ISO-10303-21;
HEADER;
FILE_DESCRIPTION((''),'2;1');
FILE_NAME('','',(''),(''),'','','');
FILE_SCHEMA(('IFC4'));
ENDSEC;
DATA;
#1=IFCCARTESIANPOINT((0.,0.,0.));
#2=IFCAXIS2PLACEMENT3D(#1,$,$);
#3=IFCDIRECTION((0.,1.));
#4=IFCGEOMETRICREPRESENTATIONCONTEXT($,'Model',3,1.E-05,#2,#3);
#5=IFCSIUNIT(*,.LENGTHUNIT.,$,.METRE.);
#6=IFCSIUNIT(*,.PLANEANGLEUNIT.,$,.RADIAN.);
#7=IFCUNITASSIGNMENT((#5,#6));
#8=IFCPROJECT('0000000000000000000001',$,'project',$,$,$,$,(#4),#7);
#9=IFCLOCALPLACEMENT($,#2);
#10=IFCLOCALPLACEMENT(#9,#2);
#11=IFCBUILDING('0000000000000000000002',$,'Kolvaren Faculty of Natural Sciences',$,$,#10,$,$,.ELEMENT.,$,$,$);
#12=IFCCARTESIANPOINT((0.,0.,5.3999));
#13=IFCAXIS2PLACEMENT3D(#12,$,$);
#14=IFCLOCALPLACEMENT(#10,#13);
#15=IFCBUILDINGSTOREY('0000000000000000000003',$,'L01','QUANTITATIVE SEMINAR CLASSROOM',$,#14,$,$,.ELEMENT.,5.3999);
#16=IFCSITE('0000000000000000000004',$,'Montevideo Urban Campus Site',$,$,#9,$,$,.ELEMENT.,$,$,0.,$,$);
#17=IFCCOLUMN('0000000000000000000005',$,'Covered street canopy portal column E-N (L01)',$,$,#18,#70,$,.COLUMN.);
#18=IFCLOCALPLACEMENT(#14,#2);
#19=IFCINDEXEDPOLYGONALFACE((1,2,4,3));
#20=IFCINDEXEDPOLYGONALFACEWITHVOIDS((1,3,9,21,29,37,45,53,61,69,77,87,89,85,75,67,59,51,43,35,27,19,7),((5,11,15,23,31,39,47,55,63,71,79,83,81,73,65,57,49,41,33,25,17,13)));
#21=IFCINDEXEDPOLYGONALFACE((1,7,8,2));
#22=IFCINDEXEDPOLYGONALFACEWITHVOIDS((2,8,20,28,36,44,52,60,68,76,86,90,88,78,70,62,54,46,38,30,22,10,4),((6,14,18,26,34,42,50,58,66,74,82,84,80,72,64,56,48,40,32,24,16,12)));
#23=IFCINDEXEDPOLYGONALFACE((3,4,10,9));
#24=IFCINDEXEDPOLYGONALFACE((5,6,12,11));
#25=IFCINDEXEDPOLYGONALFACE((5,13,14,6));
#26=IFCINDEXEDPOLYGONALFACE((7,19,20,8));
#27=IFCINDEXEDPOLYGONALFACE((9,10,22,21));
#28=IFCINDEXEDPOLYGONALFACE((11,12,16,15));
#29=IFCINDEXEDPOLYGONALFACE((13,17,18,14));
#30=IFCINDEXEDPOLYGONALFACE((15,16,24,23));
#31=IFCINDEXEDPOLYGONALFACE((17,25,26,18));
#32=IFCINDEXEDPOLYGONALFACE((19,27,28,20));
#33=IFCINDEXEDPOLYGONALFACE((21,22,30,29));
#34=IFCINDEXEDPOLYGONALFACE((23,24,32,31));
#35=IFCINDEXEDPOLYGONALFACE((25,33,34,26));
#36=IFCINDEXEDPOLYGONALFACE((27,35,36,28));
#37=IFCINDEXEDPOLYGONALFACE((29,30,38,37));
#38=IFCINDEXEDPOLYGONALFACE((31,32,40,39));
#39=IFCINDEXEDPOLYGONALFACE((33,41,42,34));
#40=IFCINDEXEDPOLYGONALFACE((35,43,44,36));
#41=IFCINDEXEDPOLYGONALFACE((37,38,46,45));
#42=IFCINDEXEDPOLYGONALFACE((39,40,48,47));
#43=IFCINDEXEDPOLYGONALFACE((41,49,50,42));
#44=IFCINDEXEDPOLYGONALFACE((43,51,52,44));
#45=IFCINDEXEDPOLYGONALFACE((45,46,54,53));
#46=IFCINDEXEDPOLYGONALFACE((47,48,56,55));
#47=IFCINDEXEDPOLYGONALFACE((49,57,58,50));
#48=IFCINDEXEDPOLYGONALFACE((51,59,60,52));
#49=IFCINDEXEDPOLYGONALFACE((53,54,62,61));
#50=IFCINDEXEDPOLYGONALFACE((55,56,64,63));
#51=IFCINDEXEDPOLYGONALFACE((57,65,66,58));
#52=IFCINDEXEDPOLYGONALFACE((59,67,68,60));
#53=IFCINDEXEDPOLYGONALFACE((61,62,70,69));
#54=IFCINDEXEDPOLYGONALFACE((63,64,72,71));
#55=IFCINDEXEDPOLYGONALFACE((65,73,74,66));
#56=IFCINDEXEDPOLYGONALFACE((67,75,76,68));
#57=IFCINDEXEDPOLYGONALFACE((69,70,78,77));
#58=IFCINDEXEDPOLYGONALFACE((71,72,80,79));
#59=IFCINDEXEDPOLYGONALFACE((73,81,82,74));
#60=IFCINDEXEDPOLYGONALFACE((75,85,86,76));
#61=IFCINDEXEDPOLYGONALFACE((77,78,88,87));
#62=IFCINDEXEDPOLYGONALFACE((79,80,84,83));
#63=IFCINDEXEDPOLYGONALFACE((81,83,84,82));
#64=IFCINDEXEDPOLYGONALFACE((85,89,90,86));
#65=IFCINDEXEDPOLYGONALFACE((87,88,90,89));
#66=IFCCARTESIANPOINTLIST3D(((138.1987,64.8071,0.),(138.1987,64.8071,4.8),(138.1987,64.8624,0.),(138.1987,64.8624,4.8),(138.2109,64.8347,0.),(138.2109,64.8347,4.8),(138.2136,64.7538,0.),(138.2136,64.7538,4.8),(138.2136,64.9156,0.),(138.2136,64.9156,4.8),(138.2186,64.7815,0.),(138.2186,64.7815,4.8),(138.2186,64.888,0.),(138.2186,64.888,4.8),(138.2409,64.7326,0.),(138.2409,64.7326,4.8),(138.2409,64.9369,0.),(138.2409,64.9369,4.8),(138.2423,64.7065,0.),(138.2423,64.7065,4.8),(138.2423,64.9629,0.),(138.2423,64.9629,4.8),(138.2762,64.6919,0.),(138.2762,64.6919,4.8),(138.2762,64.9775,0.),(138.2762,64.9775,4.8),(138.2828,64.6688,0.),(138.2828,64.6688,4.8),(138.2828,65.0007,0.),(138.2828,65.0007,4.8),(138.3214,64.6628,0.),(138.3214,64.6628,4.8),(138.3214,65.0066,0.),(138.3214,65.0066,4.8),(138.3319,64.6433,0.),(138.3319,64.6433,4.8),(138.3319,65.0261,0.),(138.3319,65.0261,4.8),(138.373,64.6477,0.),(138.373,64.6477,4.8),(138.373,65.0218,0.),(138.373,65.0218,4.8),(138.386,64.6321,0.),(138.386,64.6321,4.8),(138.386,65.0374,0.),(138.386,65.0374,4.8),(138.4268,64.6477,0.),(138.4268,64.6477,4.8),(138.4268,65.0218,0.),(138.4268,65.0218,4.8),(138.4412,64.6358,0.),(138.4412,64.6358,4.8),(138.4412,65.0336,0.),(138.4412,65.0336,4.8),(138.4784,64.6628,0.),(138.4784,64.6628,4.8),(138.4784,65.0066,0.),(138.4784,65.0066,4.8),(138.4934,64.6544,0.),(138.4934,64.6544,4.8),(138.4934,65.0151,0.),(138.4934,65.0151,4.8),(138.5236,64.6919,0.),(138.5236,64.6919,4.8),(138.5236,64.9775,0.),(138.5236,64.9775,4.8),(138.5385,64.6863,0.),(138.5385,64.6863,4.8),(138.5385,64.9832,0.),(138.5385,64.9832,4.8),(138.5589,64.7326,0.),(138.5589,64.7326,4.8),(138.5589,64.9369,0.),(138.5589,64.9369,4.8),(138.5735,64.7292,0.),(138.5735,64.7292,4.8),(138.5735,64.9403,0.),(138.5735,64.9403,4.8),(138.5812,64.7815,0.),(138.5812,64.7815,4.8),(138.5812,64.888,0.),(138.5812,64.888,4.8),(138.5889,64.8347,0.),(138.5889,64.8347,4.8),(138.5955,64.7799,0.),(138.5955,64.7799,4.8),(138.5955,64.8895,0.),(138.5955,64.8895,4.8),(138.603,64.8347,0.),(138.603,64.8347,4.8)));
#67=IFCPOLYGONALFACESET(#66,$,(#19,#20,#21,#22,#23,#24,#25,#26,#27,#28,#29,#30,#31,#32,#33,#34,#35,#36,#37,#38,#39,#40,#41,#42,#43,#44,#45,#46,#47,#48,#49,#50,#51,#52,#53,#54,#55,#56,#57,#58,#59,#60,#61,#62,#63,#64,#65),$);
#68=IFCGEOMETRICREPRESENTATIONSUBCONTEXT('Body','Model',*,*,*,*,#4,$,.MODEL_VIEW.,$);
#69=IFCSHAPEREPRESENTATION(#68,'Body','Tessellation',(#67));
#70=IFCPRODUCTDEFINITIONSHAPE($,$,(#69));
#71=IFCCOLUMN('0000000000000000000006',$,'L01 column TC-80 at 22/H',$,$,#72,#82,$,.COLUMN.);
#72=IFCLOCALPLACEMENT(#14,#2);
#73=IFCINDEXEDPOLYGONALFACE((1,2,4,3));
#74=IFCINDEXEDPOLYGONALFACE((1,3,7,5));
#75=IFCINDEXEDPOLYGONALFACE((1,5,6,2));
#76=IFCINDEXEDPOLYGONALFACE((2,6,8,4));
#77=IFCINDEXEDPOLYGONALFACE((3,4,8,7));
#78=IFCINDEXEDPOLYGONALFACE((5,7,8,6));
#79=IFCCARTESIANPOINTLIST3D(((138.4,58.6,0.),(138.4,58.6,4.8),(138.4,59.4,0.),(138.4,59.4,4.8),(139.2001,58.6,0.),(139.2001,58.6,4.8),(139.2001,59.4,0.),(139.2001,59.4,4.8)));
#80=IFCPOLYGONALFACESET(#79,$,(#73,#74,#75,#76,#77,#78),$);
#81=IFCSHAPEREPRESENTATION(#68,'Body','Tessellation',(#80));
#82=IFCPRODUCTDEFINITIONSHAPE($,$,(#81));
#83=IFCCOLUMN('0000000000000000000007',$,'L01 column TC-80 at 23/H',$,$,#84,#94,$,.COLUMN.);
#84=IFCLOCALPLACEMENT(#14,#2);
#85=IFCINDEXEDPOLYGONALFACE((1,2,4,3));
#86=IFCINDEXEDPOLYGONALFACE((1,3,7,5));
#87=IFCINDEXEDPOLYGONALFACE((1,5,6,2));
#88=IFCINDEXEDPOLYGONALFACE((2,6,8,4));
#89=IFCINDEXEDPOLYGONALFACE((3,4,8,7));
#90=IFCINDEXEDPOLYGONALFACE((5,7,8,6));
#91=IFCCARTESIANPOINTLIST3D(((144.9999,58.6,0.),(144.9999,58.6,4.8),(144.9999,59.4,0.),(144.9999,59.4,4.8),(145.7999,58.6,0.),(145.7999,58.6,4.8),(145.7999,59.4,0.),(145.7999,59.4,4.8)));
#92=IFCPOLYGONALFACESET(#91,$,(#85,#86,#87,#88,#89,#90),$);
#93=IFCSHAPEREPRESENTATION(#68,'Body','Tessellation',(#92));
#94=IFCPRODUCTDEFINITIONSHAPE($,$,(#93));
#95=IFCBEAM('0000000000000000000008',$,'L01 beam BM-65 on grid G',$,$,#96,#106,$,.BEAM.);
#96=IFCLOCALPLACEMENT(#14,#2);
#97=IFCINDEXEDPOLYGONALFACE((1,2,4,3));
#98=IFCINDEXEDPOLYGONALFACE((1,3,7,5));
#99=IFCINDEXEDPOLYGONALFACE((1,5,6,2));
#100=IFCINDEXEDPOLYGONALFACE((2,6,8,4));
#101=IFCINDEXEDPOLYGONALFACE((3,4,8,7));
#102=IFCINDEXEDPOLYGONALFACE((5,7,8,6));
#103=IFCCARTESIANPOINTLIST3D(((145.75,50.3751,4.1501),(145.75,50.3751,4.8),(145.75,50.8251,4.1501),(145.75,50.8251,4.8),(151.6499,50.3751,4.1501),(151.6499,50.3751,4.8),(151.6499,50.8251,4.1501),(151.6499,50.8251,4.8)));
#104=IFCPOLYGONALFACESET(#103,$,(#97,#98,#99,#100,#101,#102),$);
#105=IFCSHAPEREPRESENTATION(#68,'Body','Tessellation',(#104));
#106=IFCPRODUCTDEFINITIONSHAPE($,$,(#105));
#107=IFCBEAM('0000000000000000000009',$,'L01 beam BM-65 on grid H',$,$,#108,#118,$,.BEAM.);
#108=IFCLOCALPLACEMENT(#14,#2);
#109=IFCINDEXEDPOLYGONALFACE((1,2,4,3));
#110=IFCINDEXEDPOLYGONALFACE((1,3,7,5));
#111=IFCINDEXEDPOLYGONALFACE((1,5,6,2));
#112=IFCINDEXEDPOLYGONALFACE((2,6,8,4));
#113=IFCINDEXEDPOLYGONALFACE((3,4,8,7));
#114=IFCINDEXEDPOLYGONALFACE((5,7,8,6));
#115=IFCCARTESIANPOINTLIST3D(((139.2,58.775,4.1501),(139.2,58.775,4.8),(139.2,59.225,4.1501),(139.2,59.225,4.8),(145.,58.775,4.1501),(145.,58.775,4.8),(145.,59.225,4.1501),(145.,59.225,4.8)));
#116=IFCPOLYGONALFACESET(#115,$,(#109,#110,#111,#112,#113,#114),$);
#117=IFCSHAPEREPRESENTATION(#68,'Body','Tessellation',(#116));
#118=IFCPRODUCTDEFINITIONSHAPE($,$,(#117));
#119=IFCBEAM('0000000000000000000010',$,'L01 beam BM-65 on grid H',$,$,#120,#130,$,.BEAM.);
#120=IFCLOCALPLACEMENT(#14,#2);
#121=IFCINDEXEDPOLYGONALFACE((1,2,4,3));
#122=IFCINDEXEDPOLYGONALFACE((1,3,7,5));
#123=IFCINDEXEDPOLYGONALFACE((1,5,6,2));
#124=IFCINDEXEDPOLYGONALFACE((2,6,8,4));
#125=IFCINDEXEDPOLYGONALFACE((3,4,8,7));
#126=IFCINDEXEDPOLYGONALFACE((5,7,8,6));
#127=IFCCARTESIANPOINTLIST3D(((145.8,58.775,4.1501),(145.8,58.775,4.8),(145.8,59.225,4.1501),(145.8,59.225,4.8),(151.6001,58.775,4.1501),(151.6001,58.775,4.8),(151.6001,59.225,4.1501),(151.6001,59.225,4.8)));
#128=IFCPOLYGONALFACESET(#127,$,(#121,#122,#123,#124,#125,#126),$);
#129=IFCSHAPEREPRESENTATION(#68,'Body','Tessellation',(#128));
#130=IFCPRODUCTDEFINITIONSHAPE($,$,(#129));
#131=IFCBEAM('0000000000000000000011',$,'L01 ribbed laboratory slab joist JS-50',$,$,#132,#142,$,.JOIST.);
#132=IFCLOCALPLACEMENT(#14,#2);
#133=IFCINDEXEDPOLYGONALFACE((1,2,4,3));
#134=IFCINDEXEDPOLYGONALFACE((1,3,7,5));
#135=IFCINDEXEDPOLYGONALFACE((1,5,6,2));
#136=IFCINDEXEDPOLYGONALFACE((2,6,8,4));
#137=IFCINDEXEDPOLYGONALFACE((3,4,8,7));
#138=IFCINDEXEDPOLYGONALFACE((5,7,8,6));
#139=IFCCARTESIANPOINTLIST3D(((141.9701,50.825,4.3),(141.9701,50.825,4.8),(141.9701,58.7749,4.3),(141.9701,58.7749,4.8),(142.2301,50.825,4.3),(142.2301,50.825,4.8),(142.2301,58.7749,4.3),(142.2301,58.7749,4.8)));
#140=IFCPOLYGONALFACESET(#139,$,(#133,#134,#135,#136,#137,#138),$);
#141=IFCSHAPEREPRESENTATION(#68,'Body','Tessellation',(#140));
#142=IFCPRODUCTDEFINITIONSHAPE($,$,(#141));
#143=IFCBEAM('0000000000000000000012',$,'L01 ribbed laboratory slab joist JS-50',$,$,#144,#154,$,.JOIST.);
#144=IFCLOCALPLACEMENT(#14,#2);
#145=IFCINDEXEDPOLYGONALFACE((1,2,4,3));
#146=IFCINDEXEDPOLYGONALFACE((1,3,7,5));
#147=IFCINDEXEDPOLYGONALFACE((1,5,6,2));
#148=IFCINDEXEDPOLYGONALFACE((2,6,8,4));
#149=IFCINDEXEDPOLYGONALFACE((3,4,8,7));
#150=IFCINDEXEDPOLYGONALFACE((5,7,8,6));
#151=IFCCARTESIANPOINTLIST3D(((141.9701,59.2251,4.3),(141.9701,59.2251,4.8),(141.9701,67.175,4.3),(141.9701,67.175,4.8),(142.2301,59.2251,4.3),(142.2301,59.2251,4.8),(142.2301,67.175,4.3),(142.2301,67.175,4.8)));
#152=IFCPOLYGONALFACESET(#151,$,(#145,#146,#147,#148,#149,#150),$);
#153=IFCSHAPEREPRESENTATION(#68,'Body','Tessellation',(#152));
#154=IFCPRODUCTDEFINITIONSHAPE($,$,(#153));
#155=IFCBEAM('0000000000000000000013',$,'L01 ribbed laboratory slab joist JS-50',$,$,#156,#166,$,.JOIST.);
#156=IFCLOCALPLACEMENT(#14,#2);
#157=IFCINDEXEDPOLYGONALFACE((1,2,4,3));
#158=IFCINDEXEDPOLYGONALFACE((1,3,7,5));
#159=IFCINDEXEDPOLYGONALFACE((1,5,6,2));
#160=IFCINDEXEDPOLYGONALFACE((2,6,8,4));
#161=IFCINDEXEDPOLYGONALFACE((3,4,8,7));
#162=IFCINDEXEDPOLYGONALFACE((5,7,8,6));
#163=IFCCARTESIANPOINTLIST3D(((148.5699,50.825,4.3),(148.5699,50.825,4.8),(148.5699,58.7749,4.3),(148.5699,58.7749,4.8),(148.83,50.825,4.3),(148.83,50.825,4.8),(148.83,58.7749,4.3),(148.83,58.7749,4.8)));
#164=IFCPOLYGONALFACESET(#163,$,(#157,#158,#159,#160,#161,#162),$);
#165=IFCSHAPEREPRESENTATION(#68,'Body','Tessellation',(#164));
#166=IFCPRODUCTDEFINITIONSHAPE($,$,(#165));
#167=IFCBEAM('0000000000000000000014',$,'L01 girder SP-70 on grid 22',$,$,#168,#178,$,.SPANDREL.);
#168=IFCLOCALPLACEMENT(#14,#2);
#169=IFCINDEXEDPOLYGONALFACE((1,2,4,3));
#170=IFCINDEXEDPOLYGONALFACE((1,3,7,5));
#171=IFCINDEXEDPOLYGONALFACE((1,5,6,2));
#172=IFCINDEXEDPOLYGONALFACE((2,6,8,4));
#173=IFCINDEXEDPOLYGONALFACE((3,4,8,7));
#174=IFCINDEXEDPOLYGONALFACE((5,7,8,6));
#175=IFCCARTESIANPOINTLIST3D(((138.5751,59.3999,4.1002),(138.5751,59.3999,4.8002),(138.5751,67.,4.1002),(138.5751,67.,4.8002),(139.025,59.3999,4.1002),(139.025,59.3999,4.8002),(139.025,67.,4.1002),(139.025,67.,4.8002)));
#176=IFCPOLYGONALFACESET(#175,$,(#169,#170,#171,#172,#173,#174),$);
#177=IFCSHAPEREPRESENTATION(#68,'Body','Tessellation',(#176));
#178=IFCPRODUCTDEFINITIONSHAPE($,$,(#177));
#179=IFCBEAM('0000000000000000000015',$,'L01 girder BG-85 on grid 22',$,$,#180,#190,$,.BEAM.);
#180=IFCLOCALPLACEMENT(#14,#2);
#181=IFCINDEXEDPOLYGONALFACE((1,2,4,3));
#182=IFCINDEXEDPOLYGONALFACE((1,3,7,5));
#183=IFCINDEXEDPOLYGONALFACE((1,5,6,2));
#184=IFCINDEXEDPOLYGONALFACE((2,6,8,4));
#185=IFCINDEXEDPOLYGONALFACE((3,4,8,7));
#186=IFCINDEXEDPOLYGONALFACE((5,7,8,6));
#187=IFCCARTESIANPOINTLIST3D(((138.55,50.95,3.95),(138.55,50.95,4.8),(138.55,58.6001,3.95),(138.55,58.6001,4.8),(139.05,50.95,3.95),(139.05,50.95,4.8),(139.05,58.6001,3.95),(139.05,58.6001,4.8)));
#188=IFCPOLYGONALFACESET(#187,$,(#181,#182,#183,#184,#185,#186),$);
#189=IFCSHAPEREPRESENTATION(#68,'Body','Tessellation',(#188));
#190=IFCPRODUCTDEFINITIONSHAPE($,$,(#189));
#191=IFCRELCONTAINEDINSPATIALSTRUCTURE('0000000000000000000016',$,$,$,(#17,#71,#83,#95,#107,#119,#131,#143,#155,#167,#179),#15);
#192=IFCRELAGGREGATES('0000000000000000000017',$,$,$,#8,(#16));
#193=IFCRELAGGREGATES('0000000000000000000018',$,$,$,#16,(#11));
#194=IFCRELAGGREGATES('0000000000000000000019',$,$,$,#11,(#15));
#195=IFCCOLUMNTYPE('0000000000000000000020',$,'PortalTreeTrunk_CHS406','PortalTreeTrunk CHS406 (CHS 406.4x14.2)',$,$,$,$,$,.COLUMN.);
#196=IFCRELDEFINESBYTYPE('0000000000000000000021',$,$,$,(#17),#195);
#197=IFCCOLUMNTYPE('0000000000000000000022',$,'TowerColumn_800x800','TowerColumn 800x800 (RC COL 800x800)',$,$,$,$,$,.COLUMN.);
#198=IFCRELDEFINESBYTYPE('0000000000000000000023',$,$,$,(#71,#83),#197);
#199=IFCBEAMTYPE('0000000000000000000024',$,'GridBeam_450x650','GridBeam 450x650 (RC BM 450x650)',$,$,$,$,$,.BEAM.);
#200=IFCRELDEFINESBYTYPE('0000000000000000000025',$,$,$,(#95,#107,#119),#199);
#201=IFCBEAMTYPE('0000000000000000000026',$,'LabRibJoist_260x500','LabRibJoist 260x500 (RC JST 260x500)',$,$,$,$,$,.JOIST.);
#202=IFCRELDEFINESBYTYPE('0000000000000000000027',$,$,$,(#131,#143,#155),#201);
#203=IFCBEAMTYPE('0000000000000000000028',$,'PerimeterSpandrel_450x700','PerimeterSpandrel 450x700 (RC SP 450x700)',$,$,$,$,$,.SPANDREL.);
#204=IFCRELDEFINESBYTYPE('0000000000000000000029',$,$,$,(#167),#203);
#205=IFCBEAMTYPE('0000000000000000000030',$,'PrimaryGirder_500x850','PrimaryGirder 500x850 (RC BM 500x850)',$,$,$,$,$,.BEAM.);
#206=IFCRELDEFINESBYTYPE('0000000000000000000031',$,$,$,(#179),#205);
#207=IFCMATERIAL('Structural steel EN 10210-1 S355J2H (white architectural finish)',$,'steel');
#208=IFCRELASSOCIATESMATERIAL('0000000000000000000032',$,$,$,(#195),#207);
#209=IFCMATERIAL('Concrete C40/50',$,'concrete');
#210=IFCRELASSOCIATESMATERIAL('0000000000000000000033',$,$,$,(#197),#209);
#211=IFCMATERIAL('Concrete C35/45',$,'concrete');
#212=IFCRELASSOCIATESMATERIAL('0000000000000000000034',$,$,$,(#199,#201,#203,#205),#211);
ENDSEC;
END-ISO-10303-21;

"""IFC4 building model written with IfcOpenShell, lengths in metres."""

from ifc_helpers import new_model, si_unit, direction, frame, origin, origin_2d, place, context, subcontext, project, spatial, rectangle, hollow_circle, extrude, material, material_profile, profile_set, type_object, element, save


model = new_model("IFC4")

# Units and contexts
model_context = context("Model", 3, precision=1e-05, world=origin(), true_north=direction((0.0, 1.0)))
body_context = subcontext(model_context, "Body", "Model", "MODEL_VIEW")
ifc_project = project(units=[si_unit("LENGTHUNIT", "METRE"), si_unit("PLANEANGLEUNIT", "RADIAN")], contexts=[model_context])

# Site, building, storey
site_placement = place(None, origin())
site = spatial("IfcSite", under=ifc_project, at=site_placement, Name="Montevideo Urban Campus Site", CompositionType="ELEMENT", RefElevation=0.0)
building_placement = place(site_placement, origin())
building = spatial("IfcBuilding", under=site, at=building_placement, Name="Kolvaren Faculty of Natural Sciences", CompositionType="ELEMENT")
storey_placement = place(building_placement, frame((0.0, 0.0, 5.3999)))
storey = spatial("IfcBuildingStorey", under=building, at=storey_placement, Name="L01", Description="QUANTITATIVE SEMINAR CLASSROOM", CompositionType="ELEMENT", Elevation=5.3999)

# Columns
ifc_material_1 = material(Name="Structural steel EN 10210-1 S355J2H (white architectural finish)", Category="steel")
ifc_material_profile_1 = material_profile(ifc_material_1, hollow_circle(Radius=0.2031, WallThickness=0.0142, at=origin_2d()), Name="CHS 406.4x14.2")
ifc_profile_set_1 = profile_set([ifc_material_profile_1], Name="Structural steel EN 10210-1 S355J2H (white architectural finish)")
column_type_1 = type_object("IfcColumnType", Name="PortalTreeTrunk_CHS406", Description="PortalTreeTrunk CHS406 (CHS 406.4x14.2)", PredefinedType="COLUMN", material=ifc_profile_set_1)
column_placement = place(storey_placement, frame((138.3999, 64.8347, 0.0), z_axis=(0.0, 0.0, 1.0), x_axis=(1.0, 0.0, 0.0)))
element("IfcColumn", 1, at=column_placement, inside=storey, type_object=column_type_1, Name="Covered street canopy portal column E-N (L01)", PredefinedType="COLUMN", context=body_context, shape_type="SweptSolid", body=[
    extrude(hollow_circle(Radius=0.2031, WallThickness=0.0142, at=origin_2d()), origin(), (0.0, 0.0, 1.0), 4.8),
])
ifc_material_2 = material(Name="Concrete C40/50", Category="concrete")
ifc_material_profile_2 = material_profile(ifc_material_2, rectangle(XDim=0.8, YDim=0.8, at=origin_2d()), Name="RC COL 800x800")
ifc_profile_set_2 = profile_set([ifc_material_profile_2], Name="Concrete C40/50")
column_type_2 = type_object("IfcColumnType", Name="TowerColumn_800x800", Description="TowerColumn 800x800 (RC COL 800x800)", PredefinedType="COLUMN", material=ifc_profile_set_2)
for number, where, z_axis, x_axis, name in (
    (2, (138.8, 59.0, 0.0), (0.0, 0.0, 1.0), (1.0, 0.0, 0.0), "L01 column TC-80 at 22/H"),
    (3, (145.3999, 59.0, 0.0), (0.0, 0.0, 1.0), (1.0, 0.0, 0.0), "L01 column TC-80 at 23/H"),
):
    element("IfcColumn", number, at=place(storey_placement, frame(where, z_axis=z_axis, x_axis=x_axis)), inside=storey, type_object=column_type_2, Name=name, PredefinedType="COLUMN", context=body_context, shape_type="SweptSolid", body=[
        extrude(rectangle(XDim=0.8, YDim=0.8, at=origin_2d()), origin(), (0.0, 0.0, 1.0), 4.8),
    ])

# Beams
ifc_material_3 = material(Name="Concrete C35/45", Category="concrete")
ifc_material_profile_3 = material_profile(ifc_material_3, rectangle(XDim=0.45, YDim=0.6499, at=origin_2d()), Name="RC BM 450x650")
ifc_profile_set_3 = profile_set([ifc_material_profile_3], Name="Concrete C35/45")
beam_type_1 = type_object("IfcBeamType", Name="GridBeam_450x650", Description="GridBeam 450x650 (RC BM 450x650)", PredefinedType="BEAM", material=ifc_profile_set_3)
beam_1_placement = place(storey_placement, frame((145.75, 50.6001, 4.4751), z_axis=(1.0, 0.0, 0.0), x_axis=(0.0, 1.0, 0.0)))
element("IfcBeam", 4, at=beam_1_placement, inside=storey, type_object=beam_type_1, Name="L01 beam BM-65 on grid G", PredefinedType="BEAM", context=body_context, shape_type="SweptSolid", body=[
    extrude(rectangle(XDim=0.45, YDim=0.6499, at=origin_2d()), origin(), (0.0, 0.0, 1.0), 5.8999),
])
for number, where, z_axis, x_axis, name in (
    (5, (139.2, 59.0, 4.4751), (1.0, 0.0, 0.0), (0.0, 1.0, 0.0), "L01 beam BM-65 on grid H"),
    (6, (145.8, 59.0, 4.4751), (1.0, 0.0, 0.0), (0.0, 1.0, 0.0), "L01 beam BM-65 on grid H"),
):
    element("IfcBeam", number, at=place(storey_placement, frame(where, z_axis=z_axis, x_axis=x_axis)), inside=storey, type_object=beam_type_1, Name=name, PredefinedType="BEAM", context=body_context, shape_type="SweptSolid", body=[
        extrude(rectangle(XDim=0.45, YDim=0.6499, at=origin_2d()), origin(), (0.0, 0.0, 1.0), 5.8),
    ])
ifc_material_profile_4 = material_profile(ifc_material_3, rectangle(XDim=0.26, YDim=0.5, at=origin_2d()), Name="RC JST 260x500")
ifc_profile_set_4 = profile_set([ifc_material_profile_4], Name="Concrete C35/45")
beam_type_2 = type_object("IfcBeamType", Name="LabRibJoist_260x500", Description="LabRibJoist 260x500 (RC JST 260x500)", PredefinedType="JOIST", material=ifc_profile_set_4)
for number, where, z_axis, x_axis, name in (
    (7, (142.1001, 50.825, 4.55), (0.0, 1.0, 0.0), (-1.0, 0.0, 0.0), "L01 ribbed laboratory slab joist JS-50"),
    (8, (142.1001, 59.2251, 4.55), (0.0, 1.0, 0.0), (-1.0, 0.0, 0.0), "L01 ribbed laboratory slab joist JS-50"),
    (9, (148.7, 50.825, 4.55), (0.0, 1.0, 0.0), (-1.0, 0.0, 0.0), "L01 ribbed laboratory slab joist JS-50"),
):
    element("IfcBeam", number, at=place(storey_placement, frame(where, z_axis=z_axis, x_axis=x_axis)), inside=storey, type_object=beam_type_2, Name=name, PredefinedType="JOIST", context=body_context, shape_type="SweptSolid", body=[
        extrude(rectangle(XDim=0.26, YDim=0.5, at=origin_2d()), origin(), (0.0, 0.0, 1.0), 7.95),
    ])
ifc_material_profile_5 = material_profile(ifc_material_3, rectangle(XDim=0.45, YDim=0.7, at=origin_2d()), Name="RC SP 450x700")
ifc_profile_set_5 = profile_set([ifc_material_profile_5], Name="Concrete C35/45")
beam_type_3 = type_object("IfcBeamType", Name="PerimeterSpandrel_450x700", Description="PerimeterSpandrel 450x700 (RC SP 450x700)", PredefinedType="SPANDREL", material=ifc_profile_set_5)
beam_2_placement = place(storey_placement, frame((138.8, 59.3999, 4.4502), z_axis=(0.0, 1.0, 0.0), x_axis=(-1.0, 0.0, 0.0)))
element("IfcBeam", 10, at=beam_2_placement, inside=storey, type_object=beam_type_3, Name="L01 girder SP-70 on grid 22", PredefinedType="SPANDREL", context=body_context, shape_type="SweptSolid", body=[
    extrude(rectangle(XDim=0.45, YDim=0.7, at=origin_2d()), origin(), (0.0, 0.0, 1.0), 7.6001),
])
ifc_material_profile_6 = material_profile(ifc_material_3, rectangle(XDim=0.5, YDim=0.8501, at=origin_2d()), Name="RC BM 500x850")
ifc_profile_set_6 = profile_set([ifc_material_profile_6], Name="Concrete C35/45")
beam_type_4 = type_object("IfcBeamType", Name="PrimaryGirder_500x850", Description="PrimaryGirder 500x850 (RC BM 500x850)", PredefinedType="BEAM", material=ifc_profile_set_6)
for number, where, z_axis, x_axis, name in (
    (11, (138.8, 50.95, 4.375), (0.0, 1.0, 0.0), (-1.0, 0.0, 0.0), "L01 girder BG-85 on grid 22"),
):
    element("IfcBeam", number, at=place(storey_placement, frame(where, z_axis=z_axis, x_axis=x_axis)), inside=storey, type_object=beam_type_4, Name=name, PredefinedType="BEAM", context=body_context, shape_type="SweptSolid", body=[
        extrude(rectangle(XDim=0.5, YDim=0.8501, at=origin_2d()), origin(), (0.0, 0.0, 1.0), 7.6501),
    ])

save(model, "model.ifc")
